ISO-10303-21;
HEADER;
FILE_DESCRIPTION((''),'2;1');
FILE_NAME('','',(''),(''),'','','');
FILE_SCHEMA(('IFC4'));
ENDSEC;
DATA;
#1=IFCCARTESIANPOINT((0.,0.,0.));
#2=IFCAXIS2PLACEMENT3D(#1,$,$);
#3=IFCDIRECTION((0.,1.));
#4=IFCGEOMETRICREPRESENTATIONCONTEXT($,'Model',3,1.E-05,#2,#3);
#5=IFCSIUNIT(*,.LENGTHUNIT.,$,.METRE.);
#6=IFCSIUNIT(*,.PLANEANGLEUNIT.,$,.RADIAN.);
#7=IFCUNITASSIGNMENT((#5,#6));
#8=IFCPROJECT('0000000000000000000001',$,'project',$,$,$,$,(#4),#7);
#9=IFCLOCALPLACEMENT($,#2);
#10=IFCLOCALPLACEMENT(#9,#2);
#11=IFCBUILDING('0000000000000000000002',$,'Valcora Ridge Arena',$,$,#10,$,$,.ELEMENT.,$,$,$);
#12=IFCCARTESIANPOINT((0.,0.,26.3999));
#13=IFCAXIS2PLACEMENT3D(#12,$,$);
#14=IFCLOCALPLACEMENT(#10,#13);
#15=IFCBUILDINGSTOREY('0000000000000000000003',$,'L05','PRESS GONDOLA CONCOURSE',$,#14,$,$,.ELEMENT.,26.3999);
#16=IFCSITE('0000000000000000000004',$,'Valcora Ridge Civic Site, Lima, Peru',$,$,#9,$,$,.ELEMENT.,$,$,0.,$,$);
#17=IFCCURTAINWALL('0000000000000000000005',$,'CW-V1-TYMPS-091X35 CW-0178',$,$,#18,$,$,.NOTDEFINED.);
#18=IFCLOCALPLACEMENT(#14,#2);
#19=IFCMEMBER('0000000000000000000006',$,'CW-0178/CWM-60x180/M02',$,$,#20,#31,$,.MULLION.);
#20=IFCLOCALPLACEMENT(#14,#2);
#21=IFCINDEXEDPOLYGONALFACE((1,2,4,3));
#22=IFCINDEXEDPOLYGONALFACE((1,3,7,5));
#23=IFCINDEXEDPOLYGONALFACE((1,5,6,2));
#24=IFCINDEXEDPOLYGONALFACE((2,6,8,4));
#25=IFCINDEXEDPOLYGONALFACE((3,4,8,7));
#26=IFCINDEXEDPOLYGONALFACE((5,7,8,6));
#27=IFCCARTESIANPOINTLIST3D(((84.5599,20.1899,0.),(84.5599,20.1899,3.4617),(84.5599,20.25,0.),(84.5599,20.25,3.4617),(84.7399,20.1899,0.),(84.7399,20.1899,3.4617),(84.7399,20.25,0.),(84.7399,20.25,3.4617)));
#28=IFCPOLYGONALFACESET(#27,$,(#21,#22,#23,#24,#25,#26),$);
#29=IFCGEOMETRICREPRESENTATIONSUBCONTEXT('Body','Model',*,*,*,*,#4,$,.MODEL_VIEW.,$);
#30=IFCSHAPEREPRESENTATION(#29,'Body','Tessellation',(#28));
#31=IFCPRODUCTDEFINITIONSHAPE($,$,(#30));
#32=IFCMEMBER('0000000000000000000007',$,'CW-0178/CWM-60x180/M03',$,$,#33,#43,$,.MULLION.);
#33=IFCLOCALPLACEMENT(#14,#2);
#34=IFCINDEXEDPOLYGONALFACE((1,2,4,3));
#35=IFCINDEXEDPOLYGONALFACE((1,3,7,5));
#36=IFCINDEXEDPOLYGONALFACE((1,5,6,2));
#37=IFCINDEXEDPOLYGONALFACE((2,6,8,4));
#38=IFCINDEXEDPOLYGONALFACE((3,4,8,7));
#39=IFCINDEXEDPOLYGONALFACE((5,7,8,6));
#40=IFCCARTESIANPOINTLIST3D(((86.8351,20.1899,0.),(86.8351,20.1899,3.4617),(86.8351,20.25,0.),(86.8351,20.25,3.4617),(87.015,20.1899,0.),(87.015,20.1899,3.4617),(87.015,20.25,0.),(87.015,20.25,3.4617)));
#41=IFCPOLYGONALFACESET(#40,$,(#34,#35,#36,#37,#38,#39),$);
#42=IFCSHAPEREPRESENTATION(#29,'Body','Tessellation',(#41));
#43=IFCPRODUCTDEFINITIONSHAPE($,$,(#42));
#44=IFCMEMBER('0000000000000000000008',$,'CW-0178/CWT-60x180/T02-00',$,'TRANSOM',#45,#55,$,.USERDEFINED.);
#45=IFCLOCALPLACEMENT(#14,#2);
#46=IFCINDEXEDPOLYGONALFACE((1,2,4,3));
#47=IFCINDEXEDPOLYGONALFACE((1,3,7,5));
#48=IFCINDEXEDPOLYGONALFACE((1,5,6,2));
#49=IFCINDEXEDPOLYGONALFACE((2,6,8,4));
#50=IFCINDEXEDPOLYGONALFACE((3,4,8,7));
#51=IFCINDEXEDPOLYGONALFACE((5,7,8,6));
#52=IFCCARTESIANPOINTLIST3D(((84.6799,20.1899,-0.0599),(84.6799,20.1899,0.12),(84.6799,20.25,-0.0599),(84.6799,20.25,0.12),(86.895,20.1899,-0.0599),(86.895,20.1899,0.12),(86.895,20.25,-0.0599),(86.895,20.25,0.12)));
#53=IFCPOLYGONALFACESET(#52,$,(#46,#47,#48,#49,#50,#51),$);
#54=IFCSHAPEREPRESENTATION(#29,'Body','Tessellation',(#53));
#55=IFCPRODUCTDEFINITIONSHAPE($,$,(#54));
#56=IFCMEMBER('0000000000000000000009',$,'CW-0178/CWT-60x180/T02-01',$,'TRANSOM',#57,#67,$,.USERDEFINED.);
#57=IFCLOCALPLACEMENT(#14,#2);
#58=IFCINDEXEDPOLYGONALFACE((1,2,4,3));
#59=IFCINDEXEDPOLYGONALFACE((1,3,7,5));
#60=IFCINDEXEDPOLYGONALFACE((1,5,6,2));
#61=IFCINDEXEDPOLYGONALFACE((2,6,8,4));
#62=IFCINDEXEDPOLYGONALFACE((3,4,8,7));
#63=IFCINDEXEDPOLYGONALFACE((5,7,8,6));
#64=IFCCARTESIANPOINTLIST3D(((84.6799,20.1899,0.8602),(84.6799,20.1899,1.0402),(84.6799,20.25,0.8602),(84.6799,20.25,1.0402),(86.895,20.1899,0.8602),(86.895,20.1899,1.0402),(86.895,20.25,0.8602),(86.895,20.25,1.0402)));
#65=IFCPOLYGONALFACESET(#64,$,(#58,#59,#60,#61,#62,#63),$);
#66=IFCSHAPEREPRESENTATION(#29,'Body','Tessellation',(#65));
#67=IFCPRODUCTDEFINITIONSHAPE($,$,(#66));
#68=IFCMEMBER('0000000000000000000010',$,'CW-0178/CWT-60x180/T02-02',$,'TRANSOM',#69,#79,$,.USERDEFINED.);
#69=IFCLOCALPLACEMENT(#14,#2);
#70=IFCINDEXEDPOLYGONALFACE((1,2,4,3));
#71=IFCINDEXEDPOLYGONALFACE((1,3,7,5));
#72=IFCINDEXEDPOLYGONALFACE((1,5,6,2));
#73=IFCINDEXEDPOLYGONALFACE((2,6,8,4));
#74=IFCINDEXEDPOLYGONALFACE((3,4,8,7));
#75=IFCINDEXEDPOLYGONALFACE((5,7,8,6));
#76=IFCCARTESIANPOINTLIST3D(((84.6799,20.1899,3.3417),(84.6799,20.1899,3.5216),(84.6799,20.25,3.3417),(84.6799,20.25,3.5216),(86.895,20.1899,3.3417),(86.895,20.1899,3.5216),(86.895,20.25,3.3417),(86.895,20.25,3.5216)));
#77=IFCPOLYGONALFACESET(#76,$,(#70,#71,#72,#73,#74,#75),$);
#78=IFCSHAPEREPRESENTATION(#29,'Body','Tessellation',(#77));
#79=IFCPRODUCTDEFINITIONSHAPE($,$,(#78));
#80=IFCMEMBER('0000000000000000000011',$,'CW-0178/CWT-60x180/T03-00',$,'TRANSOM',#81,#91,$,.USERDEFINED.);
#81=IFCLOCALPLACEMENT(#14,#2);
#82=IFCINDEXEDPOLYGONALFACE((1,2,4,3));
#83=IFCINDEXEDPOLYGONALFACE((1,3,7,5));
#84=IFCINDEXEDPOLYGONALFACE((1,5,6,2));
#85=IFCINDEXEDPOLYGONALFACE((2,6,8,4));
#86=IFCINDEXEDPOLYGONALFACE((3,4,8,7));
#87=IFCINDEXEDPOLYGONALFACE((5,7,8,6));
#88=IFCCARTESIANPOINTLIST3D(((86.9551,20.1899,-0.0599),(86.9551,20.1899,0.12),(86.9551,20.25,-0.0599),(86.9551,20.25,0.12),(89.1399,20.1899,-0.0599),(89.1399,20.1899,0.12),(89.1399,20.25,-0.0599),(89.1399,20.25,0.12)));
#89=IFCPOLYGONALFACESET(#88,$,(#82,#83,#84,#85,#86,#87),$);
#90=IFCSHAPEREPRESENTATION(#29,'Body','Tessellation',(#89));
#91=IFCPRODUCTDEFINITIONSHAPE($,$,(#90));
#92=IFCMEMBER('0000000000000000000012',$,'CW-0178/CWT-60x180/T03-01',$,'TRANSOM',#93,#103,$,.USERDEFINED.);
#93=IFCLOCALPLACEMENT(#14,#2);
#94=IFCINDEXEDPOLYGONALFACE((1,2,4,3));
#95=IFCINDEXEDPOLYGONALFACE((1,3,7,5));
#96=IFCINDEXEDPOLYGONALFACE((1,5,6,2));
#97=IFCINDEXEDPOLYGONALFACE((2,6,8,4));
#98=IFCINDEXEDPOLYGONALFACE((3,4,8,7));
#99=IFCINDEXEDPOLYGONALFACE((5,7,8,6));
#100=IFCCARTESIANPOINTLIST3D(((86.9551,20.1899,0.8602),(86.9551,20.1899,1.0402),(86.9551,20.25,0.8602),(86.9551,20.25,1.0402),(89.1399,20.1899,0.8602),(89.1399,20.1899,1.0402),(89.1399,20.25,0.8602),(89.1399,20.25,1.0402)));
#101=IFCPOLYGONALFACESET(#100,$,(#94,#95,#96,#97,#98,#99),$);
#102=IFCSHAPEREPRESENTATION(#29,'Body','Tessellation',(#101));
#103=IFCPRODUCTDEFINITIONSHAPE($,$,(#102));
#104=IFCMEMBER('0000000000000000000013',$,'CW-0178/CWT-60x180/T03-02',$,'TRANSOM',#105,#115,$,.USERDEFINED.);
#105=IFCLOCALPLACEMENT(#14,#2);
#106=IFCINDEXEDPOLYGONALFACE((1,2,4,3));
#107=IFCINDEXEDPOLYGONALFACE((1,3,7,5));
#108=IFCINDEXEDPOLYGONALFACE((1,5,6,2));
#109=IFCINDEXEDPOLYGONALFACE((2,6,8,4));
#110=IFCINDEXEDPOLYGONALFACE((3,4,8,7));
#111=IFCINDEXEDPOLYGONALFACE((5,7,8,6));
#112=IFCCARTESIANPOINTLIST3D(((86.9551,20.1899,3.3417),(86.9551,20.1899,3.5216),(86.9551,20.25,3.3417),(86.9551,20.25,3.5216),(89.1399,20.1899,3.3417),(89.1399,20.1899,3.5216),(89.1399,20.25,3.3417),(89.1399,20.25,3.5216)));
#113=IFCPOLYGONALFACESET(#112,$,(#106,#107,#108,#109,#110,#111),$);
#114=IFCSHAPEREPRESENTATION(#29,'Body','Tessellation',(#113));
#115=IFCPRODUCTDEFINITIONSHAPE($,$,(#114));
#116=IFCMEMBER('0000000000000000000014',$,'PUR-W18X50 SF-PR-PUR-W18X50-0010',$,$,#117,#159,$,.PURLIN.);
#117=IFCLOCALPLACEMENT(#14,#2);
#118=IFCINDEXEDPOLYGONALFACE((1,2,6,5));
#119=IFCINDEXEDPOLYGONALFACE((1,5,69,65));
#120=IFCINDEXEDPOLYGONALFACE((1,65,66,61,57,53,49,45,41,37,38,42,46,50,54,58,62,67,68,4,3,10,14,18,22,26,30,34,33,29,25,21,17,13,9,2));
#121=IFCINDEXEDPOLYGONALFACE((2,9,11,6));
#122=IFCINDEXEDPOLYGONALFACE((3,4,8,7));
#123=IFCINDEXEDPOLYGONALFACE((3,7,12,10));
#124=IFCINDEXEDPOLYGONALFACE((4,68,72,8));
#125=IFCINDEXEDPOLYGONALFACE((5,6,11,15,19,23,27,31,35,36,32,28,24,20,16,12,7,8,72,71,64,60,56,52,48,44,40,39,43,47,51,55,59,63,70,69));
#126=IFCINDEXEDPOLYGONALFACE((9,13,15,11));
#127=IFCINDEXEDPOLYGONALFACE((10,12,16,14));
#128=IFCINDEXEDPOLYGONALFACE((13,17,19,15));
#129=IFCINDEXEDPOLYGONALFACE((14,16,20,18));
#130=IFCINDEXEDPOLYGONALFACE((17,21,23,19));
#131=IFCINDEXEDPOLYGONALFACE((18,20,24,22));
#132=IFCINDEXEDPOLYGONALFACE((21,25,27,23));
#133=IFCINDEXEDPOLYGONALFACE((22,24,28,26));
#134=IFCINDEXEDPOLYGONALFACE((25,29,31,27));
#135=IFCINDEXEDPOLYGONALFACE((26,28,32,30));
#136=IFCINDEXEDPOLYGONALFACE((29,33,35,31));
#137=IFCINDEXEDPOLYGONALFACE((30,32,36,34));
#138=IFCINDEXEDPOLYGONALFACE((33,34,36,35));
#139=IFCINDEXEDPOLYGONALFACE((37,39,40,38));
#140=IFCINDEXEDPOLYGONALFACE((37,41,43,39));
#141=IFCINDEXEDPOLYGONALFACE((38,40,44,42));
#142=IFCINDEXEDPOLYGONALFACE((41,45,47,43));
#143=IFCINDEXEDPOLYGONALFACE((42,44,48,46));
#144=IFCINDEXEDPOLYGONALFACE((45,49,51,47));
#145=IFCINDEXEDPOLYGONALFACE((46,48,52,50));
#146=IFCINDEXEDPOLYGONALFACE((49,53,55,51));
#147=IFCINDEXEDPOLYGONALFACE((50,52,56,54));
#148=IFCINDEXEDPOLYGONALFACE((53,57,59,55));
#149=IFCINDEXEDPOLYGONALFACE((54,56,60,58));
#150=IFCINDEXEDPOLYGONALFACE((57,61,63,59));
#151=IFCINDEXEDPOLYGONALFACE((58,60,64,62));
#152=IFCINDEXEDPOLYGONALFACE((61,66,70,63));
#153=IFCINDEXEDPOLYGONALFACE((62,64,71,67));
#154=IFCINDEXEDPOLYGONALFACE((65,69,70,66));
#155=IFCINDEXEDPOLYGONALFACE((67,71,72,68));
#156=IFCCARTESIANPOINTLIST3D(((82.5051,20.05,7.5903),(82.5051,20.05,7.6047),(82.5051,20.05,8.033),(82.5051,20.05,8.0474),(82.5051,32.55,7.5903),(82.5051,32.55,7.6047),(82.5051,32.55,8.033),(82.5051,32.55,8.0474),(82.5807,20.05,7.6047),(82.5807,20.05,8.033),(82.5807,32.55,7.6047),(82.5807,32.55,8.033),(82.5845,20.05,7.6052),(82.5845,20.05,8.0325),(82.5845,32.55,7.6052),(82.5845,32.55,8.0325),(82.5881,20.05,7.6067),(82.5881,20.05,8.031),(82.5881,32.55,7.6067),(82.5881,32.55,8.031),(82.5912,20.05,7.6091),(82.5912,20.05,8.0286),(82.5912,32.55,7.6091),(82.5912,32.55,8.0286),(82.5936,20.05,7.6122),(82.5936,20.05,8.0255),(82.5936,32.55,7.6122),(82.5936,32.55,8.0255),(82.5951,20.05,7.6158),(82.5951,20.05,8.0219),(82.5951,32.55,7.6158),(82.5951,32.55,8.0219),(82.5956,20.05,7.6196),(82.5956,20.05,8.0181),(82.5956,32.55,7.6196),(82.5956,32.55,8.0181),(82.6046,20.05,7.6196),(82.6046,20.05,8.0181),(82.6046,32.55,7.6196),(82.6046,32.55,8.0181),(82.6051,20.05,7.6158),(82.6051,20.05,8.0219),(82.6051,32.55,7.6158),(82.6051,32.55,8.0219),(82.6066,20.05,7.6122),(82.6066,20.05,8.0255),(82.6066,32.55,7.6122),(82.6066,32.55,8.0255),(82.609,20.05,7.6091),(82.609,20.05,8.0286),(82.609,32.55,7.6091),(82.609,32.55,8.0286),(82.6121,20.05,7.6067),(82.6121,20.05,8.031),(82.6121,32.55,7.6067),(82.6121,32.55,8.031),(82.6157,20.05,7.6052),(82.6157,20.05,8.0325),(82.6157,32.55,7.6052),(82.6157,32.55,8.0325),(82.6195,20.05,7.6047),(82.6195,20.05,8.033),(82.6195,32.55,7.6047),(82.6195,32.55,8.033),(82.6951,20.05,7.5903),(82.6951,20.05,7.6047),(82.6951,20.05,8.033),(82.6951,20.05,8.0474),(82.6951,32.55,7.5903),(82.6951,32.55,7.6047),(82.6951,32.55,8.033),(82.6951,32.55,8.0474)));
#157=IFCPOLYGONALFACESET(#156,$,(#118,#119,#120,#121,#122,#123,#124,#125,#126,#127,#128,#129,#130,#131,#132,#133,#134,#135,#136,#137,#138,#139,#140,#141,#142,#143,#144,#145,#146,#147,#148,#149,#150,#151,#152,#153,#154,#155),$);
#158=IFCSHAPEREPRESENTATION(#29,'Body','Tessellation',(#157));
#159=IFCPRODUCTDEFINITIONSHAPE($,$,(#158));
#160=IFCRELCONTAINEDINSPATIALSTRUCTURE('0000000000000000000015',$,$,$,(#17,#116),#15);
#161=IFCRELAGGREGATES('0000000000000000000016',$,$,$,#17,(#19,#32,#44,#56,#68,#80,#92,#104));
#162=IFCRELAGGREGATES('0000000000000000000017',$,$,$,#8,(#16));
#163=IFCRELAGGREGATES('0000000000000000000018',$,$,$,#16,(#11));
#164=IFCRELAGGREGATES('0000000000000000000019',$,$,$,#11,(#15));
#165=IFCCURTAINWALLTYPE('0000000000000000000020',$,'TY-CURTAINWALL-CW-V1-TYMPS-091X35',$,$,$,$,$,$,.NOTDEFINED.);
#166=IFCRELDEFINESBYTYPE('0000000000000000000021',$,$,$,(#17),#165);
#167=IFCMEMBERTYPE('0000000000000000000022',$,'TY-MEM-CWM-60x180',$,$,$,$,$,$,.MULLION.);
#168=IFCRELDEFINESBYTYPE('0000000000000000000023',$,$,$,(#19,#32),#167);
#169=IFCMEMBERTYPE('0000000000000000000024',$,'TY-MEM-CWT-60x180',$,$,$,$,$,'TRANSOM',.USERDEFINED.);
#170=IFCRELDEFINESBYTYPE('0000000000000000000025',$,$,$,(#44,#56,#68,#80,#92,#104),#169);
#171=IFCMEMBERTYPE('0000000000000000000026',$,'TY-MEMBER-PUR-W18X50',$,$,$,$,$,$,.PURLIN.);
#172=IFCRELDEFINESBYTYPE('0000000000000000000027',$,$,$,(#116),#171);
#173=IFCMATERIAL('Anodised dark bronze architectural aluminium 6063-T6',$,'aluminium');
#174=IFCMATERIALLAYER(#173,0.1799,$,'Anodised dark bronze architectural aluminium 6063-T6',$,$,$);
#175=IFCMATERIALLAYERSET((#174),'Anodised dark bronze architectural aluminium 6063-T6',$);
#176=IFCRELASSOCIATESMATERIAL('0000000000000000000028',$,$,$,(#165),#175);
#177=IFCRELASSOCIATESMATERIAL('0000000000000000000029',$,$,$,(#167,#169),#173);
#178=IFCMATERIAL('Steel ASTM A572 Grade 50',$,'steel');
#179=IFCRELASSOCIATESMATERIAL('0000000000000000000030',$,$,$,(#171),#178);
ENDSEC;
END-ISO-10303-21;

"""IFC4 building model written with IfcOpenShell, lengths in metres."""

from ifc_helpers import new_model, si_unit, direction, frame, origin, origin_2d, place, context, subcontext, project, spatial, rectangle, i_section, extrude, material, layer, layer_set, material_profile, profile_set, type_object, element, aggregate, save


model = new_model("IFC4")

# Units and contexts
model_context = context("Model", 3, precision=1e-05, world=origin(), true_north=direction((0.0, 1.0)))
body_context = subcontext(model_context, "Body", "Model", "MODEL_VIEW")
ifc_project = project(units=[si_unit("LENGTHUNIT", "METRE"), si_unit("PLANEANGLEUNIT", "RADIAN")], contexts=[model_context])

# Site, building, storey
site_placement = place(None, origin())
site = spatial("IfcSite", under=ifc_project, at=site_placement, Name="Valcora Ridge Civic Site, Lima, Peru", CompositionType="ELEMENT", RefElevation=0.0)
building_placement = place(site_placement, origin())
building = spatial("IfcBuilding", under=site, at=building_placement, Name="Valcora Ridge Arena", CompositionType="ELEMENT")
storey_placement = place(building_placement, frame((0.0, 0.0, 26.3999)))
storey = spatial("IfcBuildingStorey", under=building, at=storey_placement, Name="L05", Description="PRESS GONDOLA CONCOURSE", CompositionType="ELEMENT", Elevation=26.3999)

# Curtain wall, members
ifc_material_1 = material(Name="Anodised dark bronze architectural aluminium 6063-T6", Category="aluminium")
ifc_layer_1 = layer(ifc_material_1, 0.1799, Name="Anodised dark bronze architectural aluminium 6063-T6")
ifc_layer_set_1 = layer_set([ifc_layer_1], Name="Anodised dark bronze architectural aluminium 6063-T6")
curtain_wall_type = type_object("IfcCurtainWallType", Name="TY-CURTAINWALL-CW-V1-TYMPS-091X35", PredefinedType="NOTDEFINED", material=ifc_layer_set_1)
curtain_wall_placement = place(storey_placement, origin())
curtain_wall = element("IfcCurtainWall", 1, at=curtain_wall_placement, inside=storey, type_object=curtain_wall_type, Name="CW-V1-TYMPS-091X35 CW-0178", PredefinedType="NOTDEFINED")
ifc_material_profile_1 = material_profile(ifc_material_1, rectangle(XDim=0.0601, YDim=0.1799, at=origin_2d()), Name="ALU MULLION 60x180")
ifc_profile_set_1 = profile_set([ifc_material_profile_1], Name="Anodised dark bronze architectural aluminium 6063-T6")
member_type_1 = type_object("IfcMemberType", Name="TY-MEM-CWM-60x180", PredefinedType="MULLION", material=ifc_profile_set_1)
member_1_placement = place(storey_placement, frame((84.6499, 20.22, 0.0), z_axis=(0.0, 0.0, 1.0), x_axis=(0.0, 1.0, 0.0)))
member_1 = element("IfcMember", 2, at=member_1_placement, type_object=member_type_1, Name="CW-0178/CWM-60x180/M02", PredefinedType="MULLION", context=body_context, shape_type="SweptSolid", body=[
    extrude(rectangle(XDim=0.0601, YDim=0.1799, at=origin_2d()), origin(), (0.0, 0.0, 1.0), 3.4617),
])
member_2_placement = place(storey_placement, frame((86.925, 20.22, 0.0), z_axis=(0.0, 0.0, 1.0), x_axis=(0.0, 1.0, 0.0)))
member_2 = element("IfcMember", 3, at=member_2_placement, type_object=member_type_1, Name="CW-0178/CWM-60x180/M03", PredefinedType="MULLION", context=body_context, shape_type="SweptSolid", body=[
    extrude(rectangle(XDim=0.0601, YDim=0.1799, at=origin_2d()), origin(), (0.0, 0.0, 1.0), 3.4617),
])
ifc_material_profile_2 = material_profile(ifc_material_1, rectangle(XDim=0.0601, YDim=0.1799, at=origin_2d()), Name="ALU TRANSOM 60x180")
ifc_profile_set_2 = profile_set([ifc_material_profile_2], Name="Anodised dark bronze architectural aluminium 6063-T6")
member_type_2 = type_object("IfcMemberType", Name="TY-MEM-CWT-60x180", ElementType="TRANSOM", PredefinedType="USERDEFINED", material=ifc_profile_set_2)
member_3_placement = place(storey_placement, frame((84.6799, 20.22, 0.03), z_axis=(1.0, 0.0, 0.0), x_axis=(0.0, 1.0, 0.0)))
member_3 = element("IfcMember", 4, at=member_3_placement, type_object=member_type_2, Name="CW-0178/CWT-60x180/T02-00", ObjectType="TRANSOM", PredefinedType="USERDEFINED", context=body_context, shape_type="SweptSolid", body=[
    extrude(rectangle(XDim=0.0601, YDim=0.1799, at=origin_2d()), origin(), (0.0, 0.0, 1.0), 2.2151),
])
member_4_placement = place(storey_placement, frame((84.6799, 20.22, 0.9502), z_axis=(1.0, 0.0, 0.0), x_axis=(0.0, 1.0, 0.0)))
member_4 = element("IfcMember", 5, at=member_4_placement, type_object=member_type_2, Name="CW-0178/CWT-60x180/T02-01", ObjectType="TRANSOM", PredefinedType="USERDEFINED", context=body_context, shape_type="SweptSolid", body=[
    extrude(rectangle(XDim=0.0601, YDim=0.1799, at=origin_2d()), origin(), (0.0, 0.0, 1.0), 2.2151),
])
member_5_placement = place(storey_placement, frame((84.6799, 20.22, 3.4316), z_axis=(1.0, 0.0, 0.0), x_axis=(0.0, 1.0, 0.0)))
member_5 = element("IfcMember", 6, at=member_5_placement, type_object=member_type_2, Name="CW-0178/CWT-60x180/T02-02", ObjectType="TRANSOM", PredefinedType="USERDEFINED", context=body_context, shape_type="SweptSolid", body=[
    extrude(rectangle(XDim=0.0601, YDim=0.1799, at=origin_2d()), origin(), (0.0, 0.0, 1.0), 2.2151),
])
member_6_placement = place(storey_placement, frame((86.9551, 20.22, 0.03), z_axis=(1.0, 0.0, 0.0), x_axis=(0.0, 1.0, 0.0)))
member_6 = element("IfcMember", 7, at=member_6_placement, type_object=member_type_2, Name="CW-0178/CWT-60x180/T03-00", ObjectType="TRANSOM", PredefinedType="USERDEFINED", context=body_context, shape_type="SweptSolid", body=[
    extrude(rectangle(XDim=0.0601, YDim=0.1799, at=origin_2d()), origin(), (0.0, 0.0, 1.0), 2.1848),
])
member_7_placement = place(storey_placement, frame((86.9551, 20.22, 0.9502), z_axis=(1.0, 0.0, 0.0), x_axis=(0.0, 1.0, 0.0)))
member_7 = element("IfcMember", 8, at=member_7_placement, type_object=member_type_2, Name="CW-0178/CWT-60x180/T03-01", ObjectType="TRANSOM", PredefinedType="USERDEFINED", context=body_context, shape_type="SweptSolid", body=[
    extrude(rectangle(XDim=0.0601, YDim=0.1799, at=origin_2d()), origin(), (0.0, 0.0, 1.0), 2.1848),
])
member_8_placement = place(storey_placement, frame((86.9551, 20.22, 3.4316), z_axis=(1.0, 0.0, 0.0), x_axis=(0.0, 1.0, 0.0)))
member_8 = element("IfcMember", 9, at=member_8_placement, type_object=member_type_2, Name="CW-0178/CWT-60x180/T03-02", ObjectType="TRANSOM", PredefinedType="USERDEFINED", context=body_context, shape_type="SweptSolid", body=[
    extrude(rectangle(XDim=0.0601, YDim=0.1799, at=origin_2d()), origin(), (0.0, 0.0, 1.0), 2.1848),
])

# Member
ifc_material_2 = material(Name="Steel ASTM A572 Grade 50", Category="steel")
ifc_material_profile_3 = material_profile(ifc_material_2, i_section(OverallWidth=0.1899, OverallDepth=0.457, WebThickness=0.009, FlangeThickness=0.0144, FilletRadius=0.0149, at=origin_2d()), Name="W18X50")
ifc_profile_set_3 = profile_set([ifc_material_profile_3], Name="Steel ASTM A572 Grade 50")
member_type_3 = type_object("IfcMemberType", Name="TY-MEMBER-PUR-W18X50", PredefinedType="PURLIN", material=ifc_profile_set_3)
for number, where, z_axis, x_axis, name in (
    (10, (82.6001, 20.05, 7.8188), (0.0, 1.0, 0.0), (-1.0, 0.0, 0.0), "PUR-W18X50 SF-PR-PUR-W18X50-0010"),
):
    element("IfcMember", number, at=place(storey_placement, frame(where, z_axis=z_axis, x_axis=x_axis)), inside=storey, type_object=member_type_3, Name=name, PredefinedType="PURLIN", context=body_context, shape_type="SweptSolid", body=[
        extrude(i_section(OverallWidth=0.1899, OverallDepth=0.457, WebThickness=0.009, FlangeThickness=0.0144, FilletRadius=0.0149, at=origin_2d()), origin(), (0.0, 0.0, 1.0), 12.5),
    ])

aggregate(curtain_wall, [member_1, member_2, member_3, member_4, member_5, member_6, member_7, member_8])

save(model, "model.ifc")
